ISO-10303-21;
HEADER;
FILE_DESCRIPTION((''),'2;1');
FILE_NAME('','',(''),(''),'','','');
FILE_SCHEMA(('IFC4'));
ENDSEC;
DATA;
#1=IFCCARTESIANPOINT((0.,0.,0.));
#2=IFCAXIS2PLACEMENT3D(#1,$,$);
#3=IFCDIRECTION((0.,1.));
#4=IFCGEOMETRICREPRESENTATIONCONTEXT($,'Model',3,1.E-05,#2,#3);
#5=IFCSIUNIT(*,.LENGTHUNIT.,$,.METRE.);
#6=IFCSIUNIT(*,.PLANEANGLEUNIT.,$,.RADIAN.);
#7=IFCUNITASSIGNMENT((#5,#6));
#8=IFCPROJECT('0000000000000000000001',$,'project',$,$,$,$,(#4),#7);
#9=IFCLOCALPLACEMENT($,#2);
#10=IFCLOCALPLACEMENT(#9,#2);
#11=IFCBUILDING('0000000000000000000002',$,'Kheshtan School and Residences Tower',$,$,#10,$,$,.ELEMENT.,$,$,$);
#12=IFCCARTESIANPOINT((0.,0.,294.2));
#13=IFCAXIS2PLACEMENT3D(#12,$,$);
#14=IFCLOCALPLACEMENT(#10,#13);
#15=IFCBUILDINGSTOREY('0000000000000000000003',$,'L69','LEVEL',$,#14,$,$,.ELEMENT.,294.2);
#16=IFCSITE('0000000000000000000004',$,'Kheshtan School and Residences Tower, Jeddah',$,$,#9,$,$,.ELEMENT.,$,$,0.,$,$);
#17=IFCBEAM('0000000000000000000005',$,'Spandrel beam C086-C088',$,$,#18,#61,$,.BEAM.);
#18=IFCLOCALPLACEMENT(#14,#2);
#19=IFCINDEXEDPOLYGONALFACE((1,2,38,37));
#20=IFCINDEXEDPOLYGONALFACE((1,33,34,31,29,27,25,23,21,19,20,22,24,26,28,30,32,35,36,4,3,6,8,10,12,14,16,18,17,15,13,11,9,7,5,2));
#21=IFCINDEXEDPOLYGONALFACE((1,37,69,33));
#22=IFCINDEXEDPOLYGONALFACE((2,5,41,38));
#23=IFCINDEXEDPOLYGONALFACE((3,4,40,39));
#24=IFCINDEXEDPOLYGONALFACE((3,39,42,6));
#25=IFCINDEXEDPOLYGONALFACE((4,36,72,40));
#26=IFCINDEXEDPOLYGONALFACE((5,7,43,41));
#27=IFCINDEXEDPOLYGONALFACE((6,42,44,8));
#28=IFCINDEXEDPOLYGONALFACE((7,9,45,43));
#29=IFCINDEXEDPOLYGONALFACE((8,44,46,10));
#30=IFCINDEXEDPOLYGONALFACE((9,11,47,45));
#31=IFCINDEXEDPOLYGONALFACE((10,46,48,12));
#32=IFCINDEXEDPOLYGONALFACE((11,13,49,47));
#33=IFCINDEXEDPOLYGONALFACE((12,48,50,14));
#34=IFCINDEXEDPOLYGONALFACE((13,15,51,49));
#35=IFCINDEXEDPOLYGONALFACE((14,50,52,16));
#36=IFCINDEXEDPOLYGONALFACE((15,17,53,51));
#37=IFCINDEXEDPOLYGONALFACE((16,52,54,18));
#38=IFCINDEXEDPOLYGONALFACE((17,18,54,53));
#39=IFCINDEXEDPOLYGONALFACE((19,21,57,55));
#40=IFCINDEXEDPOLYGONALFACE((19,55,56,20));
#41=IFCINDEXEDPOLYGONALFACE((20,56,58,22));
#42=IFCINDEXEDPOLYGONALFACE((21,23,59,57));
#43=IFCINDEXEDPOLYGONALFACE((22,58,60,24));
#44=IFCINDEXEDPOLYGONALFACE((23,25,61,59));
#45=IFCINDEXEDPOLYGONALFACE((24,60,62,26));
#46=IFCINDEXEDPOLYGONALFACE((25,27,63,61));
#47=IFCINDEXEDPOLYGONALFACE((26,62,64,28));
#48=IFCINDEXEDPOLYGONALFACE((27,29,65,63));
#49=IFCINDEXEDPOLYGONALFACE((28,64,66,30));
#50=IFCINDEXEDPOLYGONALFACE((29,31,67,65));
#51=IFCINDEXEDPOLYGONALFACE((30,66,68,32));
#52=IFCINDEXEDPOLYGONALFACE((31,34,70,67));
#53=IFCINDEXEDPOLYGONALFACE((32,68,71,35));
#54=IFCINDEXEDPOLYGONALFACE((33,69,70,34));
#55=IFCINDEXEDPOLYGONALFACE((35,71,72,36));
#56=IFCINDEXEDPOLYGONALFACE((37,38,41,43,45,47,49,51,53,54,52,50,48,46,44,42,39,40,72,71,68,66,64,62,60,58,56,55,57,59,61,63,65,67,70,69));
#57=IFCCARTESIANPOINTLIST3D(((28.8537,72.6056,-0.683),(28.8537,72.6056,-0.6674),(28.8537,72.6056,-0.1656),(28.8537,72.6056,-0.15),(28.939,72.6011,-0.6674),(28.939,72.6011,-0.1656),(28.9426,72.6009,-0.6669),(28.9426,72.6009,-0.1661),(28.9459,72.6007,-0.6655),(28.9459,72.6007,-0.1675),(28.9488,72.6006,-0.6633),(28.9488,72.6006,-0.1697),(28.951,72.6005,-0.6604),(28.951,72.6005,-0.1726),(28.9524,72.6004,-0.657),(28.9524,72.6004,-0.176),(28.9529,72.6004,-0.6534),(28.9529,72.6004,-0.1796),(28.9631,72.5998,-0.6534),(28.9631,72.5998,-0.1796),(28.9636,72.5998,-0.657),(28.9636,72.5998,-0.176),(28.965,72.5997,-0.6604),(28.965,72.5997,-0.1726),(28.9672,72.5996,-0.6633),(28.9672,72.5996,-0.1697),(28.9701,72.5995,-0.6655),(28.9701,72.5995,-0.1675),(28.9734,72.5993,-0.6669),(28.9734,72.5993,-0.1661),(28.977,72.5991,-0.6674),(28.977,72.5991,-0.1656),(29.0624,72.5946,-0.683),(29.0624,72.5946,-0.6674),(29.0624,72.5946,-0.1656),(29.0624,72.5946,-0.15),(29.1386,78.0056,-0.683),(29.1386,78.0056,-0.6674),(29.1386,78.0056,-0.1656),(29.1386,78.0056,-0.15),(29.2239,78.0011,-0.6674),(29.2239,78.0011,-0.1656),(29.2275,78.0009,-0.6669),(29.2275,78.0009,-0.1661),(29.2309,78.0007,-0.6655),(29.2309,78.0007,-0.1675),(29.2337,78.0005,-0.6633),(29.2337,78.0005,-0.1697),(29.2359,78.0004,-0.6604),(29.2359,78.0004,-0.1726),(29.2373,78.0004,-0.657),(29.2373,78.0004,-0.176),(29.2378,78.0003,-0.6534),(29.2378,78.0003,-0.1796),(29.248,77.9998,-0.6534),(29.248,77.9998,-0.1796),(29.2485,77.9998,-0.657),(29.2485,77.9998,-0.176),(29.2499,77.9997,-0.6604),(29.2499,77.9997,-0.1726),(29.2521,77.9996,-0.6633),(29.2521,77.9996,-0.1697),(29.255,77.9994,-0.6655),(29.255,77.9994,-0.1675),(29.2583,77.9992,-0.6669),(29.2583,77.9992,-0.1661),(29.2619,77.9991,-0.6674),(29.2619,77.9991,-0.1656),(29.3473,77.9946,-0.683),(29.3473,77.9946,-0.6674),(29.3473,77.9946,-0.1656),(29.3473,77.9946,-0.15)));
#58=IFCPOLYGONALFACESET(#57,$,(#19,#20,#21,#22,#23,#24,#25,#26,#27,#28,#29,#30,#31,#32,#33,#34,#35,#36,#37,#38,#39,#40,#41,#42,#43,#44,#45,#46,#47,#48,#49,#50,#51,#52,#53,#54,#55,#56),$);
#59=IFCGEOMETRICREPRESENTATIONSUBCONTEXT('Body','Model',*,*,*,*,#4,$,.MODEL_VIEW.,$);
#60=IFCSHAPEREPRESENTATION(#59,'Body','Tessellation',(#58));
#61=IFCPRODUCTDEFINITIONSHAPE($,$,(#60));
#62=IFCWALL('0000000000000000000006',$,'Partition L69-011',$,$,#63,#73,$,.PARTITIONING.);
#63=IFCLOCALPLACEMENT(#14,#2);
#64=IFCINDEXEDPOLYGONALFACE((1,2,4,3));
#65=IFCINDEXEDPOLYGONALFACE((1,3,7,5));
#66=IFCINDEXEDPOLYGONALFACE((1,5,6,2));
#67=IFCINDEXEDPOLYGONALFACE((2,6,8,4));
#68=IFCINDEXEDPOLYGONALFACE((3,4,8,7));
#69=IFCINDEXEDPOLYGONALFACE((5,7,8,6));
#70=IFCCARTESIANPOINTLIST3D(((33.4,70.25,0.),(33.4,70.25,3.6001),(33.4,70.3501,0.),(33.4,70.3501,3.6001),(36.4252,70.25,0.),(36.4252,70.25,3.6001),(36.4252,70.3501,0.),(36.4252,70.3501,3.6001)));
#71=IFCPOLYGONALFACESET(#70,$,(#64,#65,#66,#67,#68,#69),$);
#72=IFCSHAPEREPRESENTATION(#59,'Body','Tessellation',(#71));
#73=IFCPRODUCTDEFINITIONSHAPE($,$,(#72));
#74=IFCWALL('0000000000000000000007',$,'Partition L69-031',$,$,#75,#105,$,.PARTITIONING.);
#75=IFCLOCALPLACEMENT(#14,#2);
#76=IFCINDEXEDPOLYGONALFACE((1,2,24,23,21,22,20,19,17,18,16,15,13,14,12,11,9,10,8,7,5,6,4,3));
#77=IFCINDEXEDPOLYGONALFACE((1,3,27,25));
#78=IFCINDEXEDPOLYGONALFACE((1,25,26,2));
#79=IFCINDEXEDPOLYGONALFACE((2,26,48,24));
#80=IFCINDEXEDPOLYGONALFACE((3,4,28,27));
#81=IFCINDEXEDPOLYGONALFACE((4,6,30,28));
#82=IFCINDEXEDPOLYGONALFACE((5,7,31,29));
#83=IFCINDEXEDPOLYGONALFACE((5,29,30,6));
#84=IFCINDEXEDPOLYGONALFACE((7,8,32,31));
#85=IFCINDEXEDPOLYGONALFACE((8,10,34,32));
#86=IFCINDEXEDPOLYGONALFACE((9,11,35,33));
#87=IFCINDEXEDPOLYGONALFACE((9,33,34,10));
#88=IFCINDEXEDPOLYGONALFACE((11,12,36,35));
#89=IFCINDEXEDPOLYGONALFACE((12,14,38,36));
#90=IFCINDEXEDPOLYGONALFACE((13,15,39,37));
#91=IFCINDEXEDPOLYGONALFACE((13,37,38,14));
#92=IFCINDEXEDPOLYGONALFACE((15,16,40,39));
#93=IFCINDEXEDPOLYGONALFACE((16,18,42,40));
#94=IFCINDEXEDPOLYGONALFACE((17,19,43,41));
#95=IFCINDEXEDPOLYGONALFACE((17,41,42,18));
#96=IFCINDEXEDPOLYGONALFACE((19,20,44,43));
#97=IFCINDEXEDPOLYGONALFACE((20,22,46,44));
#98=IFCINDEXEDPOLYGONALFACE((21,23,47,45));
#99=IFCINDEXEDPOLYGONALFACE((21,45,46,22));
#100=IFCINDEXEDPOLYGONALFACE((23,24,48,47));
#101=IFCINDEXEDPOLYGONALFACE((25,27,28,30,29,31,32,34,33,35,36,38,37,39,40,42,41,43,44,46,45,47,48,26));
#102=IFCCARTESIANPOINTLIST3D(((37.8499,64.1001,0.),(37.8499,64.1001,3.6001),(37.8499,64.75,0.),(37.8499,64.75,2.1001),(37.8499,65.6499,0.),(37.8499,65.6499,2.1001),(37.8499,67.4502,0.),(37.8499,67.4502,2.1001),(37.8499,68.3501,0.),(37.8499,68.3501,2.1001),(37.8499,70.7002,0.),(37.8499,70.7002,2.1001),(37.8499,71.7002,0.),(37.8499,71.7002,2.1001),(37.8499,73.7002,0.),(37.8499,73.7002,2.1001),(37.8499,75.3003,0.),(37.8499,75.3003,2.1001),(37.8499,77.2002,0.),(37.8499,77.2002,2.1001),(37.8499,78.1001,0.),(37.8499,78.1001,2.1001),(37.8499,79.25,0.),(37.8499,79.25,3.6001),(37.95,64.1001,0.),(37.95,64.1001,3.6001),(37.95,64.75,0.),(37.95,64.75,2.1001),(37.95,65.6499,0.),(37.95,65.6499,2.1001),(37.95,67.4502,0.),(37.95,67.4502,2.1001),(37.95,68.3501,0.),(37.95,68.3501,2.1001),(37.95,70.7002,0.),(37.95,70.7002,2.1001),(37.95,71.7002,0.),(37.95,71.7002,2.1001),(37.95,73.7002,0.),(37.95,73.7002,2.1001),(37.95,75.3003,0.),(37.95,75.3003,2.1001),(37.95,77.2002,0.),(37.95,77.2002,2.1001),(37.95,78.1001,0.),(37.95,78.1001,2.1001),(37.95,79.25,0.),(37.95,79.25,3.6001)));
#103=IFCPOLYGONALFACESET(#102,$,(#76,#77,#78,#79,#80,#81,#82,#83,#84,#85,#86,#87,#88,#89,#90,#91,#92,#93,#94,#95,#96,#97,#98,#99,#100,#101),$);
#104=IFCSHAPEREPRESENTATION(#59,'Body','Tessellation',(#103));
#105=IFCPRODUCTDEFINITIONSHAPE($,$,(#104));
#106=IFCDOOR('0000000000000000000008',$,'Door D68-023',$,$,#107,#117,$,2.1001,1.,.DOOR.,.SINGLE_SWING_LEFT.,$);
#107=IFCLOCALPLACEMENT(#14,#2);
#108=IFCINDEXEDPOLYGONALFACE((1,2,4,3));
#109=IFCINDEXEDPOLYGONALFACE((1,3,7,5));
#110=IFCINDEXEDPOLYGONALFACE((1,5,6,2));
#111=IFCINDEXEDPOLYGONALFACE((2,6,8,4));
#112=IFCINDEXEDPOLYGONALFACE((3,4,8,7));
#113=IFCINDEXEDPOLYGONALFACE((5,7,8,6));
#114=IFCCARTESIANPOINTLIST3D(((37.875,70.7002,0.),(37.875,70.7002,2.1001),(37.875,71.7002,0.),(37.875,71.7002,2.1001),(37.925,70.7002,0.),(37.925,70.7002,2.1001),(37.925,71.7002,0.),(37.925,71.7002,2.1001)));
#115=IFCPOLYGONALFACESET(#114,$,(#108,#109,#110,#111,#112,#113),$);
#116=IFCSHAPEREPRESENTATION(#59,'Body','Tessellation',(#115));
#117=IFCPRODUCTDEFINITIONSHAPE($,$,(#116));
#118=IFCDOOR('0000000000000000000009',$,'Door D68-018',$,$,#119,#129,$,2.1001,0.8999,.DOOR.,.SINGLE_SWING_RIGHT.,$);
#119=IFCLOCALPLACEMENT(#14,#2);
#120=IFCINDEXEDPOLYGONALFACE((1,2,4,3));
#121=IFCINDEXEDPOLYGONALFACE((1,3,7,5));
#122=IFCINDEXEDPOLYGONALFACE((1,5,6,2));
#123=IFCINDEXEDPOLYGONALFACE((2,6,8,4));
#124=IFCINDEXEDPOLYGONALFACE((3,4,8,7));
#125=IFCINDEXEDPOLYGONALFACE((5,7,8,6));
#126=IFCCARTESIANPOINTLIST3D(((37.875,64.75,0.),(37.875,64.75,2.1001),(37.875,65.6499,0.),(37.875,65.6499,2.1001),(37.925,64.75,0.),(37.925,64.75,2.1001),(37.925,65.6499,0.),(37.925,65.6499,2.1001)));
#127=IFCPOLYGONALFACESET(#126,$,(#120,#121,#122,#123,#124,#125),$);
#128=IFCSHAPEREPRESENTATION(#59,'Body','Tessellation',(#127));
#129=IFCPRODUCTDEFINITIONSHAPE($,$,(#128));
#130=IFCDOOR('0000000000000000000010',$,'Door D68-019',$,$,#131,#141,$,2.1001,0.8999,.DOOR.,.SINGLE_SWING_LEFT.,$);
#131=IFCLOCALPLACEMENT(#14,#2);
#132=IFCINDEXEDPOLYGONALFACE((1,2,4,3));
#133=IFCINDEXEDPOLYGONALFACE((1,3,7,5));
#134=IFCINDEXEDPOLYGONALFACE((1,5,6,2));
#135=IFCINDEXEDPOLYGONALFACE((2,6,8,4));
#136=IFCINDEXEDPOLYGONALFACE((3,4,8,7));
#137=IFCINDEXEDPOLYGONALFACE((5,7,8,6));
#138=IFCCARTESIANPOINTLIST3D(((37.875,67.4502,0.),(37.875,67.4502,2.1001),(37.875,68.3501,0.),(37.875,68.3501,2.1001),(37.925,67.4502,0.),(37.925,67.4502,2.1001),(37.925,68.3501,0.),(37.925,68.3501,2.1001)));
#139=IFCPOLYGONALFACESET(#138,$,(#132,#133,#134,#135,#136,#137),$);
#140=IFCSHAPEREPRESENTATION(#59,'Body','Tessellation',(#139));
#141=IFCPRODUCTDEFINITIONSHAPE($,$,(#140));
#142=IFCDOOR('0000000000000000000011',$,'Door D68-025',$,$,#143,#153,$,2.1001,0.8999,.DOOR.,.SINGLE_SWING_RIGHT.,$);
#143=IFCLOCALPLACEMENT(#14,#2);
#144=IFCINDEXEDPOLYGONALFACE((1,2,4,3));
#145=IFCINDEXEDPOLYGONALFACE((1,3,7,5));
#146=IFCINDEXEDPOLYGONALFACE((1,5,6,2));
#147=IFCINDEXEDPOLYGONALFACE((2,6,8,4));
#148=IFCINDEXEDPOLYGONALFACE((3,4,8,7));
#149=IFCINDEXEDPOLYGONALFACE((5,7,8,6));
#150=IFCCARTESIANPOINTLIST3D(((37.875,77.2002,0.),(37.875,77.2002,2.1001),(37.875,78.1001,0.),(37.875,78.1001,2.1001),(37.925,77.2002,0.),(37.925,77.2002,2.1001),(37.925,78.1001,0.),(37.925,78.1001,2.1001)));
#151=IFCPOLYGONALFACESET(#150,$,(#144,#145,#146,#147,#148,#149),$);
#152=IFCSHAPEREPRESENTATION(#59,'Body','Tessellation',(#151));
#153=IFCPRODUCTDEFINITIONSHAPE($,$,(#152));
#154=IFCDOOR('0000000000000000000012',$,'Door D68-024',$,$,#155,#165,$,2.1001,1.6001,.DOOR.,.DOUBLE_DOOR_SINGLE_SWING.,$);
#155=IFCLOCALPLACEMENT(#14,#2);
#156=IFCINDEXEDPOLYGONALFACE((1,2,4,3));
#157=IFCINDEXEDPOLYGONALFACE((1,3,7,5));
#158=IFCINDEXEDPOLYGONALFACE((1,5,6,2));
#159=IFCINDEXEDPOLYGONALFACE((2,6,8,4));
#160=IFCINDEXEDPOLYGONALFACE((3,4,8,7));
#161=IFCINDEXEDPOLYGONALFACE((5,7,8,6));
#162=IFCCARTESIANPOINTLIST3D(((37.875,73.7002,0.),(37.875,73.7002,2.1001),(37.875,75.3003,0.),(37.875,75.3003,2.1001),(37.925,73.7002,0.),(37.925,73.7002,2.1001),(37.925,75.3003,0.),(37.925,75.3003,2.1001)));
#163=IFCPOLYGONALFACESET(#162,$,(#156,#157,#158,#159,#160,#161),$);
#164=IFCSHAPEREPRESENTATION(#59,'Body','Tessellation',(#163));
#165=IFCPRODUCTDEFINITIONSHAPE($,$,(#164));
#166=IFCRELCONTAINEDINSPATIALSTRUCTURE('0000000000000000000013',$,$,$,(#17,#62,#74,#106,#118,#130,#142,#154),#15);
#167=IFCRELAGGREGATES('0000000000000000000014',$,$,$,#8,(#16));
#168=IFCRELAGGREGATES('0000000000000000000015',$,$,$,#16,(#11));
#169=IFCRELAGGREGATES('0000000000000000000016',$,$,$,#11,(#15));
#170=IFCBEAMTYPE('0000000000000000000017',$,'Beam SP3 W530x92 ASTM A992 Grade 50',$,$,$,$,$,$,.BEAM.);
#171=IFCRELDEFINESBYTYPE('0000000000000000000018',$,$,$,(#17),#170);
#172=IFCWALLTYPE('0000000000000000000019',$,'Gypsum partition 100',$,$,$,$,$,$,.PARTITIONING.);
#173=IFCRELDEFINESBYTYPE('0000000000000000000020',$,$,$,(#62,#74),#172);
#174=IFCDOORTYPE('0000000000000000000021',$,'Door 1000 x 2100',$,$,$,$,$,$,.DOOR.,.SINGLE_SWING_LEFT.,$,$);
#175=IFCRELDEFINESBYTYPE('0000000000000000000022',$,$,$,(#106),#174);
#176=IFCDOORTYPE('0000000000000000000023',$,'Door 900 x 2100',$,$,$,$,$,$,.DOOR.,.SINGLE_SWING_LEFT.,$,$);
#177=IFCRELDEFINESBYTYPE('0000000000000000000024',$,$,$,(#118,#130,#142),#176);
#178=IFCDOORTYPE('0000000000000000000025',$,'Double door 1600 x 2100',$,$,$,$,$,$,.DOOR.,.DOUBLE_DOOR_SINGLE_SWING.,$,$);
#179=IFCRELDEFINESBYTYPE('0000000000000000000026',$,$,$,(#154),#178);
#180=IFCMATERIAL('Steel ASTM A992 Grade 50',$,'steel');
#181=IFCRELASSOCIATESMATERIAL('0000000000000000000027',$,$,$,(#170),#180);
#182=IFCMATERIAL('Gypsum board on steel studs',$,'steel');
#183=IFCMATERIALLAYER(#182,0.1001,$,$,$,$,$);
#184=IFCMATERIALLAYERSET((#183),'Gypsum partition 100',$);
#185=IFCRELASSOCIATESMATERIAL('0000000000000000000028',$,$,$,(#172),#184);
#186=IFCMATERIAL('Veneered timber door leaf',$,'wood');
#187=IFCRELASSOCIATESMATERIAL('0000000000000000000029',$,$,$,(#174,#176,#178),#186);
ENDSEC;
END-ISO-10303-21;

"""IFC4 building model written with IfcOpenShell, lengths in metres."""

from ifc_helpers import new_model, si_unit, direction, frame, frame_2d, origin, origin_2d, place, context, subcontext, project, spatial, rectangle, i_section, extrude, source, transform, mapped, material, layer, layer_set, material_profile, profile_set, type_object, element, fill, save


model = new_model("IFC4")

# Units and contexts
model_context = context("Model", 3, precision=1e-05, world=origin(), true_north=direction((0.0, 1.0)))
body_context = subcontext(model_context, "Body", "Model", "MODEL_VIEW")
ifc_project = project(units=[si_unit("LENGTHUNIT", "METRE"), si_unit("PLANEANGLEUNIT", "RADIAN")], contexts=[model_context])

# Site, building, storey
site_placement = place(None, origin())
site = spatial("IfcSite", under=ifc_project, at=site_placement, Name="Kheshtan School and Residences Tower, Jeddah", CompositionType="ELEMENT", RefElevation=0.0)
building_placement = place(site_placement, origin())
building = spatial("IfcBuilding", under=site, at=building_placement, Name="Kheshtan School and Residences Tower", CompositionType="ELEMENT")
storey_placement = place(building_placement, frame((0.0, 0.0, 294.2)))
storey = spatial("IfcBuildingStorey", under=building, at=storey_placement, Name="L69", Description="LEVEL", CompositionType="ELEMENT", Elevation=294.2)

# Shared definitions
ifc_material_1 = material(Name="Steel ASTM A992 Grade 50", Category="steel")

# Beam
ifc_material_profile_1 = material_profile(ifc_material_1, i_section(OverallWidth=0.209, OverallDepth=0.533, WebThickness=0.0103, FlangeThickness=0.0156, FilletRadius=0.0139, at=origin_2d()), Name="W530x92")
ifc_profile_set_1 = profile_set([ifc_material_profile_1], Name="Steel ASTM A992 Grade 50")
beam_type_1 = type_object("IfcBeamType", Name="Beam SP3 W530x92 ASTM A992 Grade 50", PredefinedType="BEAM", material=ifc_profile_set_1)
beam_1_placement = place(storey_placement, frame((28.958, 72.6001, -0.4165), z_axis=(0.052689, 0.998611, 0.0), x_axis=(-0.998611, 0.052689, 0.0)))
element("IfcBeam", 1, at=beam_1_placement, inside=storey, type_object=beam_type_1, Name="Spandrel beam C086-C088", PredefinedType="BEAM", context=body_context, shape_type="SweptSolid", body=[
    extrude(i_section(OverallWidth=0.209, OverallDepth=0.533, WebThickness=0.0103, FlangeThickness=0.0156, FilletRadius=0.0139, at=origin_2d()), origin(), (0.0, 0.0, 1.0), 5.4075),
])

# Wall
ifc_material_2 = material(Name="Gypsum board on steel studs", Category="steel")
ifc_layer_1 = layer(ifc_material_2, 0.1001)
ifc_layer_set_1 = layer_set([ifc_layer_1], Name="Gypsum partition 100")
wall_type_1 = type_object("IfcWallType", Name="Gypsum partition 100", PredefinedType="PARTITIONING", material=ifc_layer_set_1)
wall_1_placement = place(storey_placement, frame((33.3999, 70.3, 0.0), z_axis=(0.0, 0.0, 1.0), x_axis=(1.0, 0.0, 0.0)))
element("IfcWall", 2, at=wall_1_placement, inside=storey, type_object=wall_type_1, Name="Partition L69-011", PredefinedType="PARTITIONING", context=body_context, shape_type="SweptSolid", body=[
    extrude(rectangle(XDim=3.0251, YDim=0.1001, at=frame_2d((1.5127, 0.0))), origin(), (0.0, 0.0, 1.0), 3.6001),
])

# Wall, openings, doors
wall_2_placement = place(storey_placement, frame((37.8999, 64.1001, 0.0), z_axis=(0.0, 0.0, 1.0), x_axis=(0.0, 1.0, 0.0)))
wall_2 = element("IfcWall", 3, at=wall_2_placement, inside=storey, type_object=wall_type_1, Name="Partition L69-031", PredefinedType="PARTITIONING", context=body_context, shape_type="SweptSolid", body=[
    extrude(rectangle(XDim=15.1499, YDim=0.1001, at=frame_2d((7.575, 0.0))), origin(), (0.0, 0.0, 1.0), 3.6001),
])
opening_1_placement = place(wall_2_placement, frame((0.6499, 0.0, 0.0)))
opening_1 = element("IfcOpeningElement", 4, at=opening_1_placement, cuts=wall_2, PredefinedType="OPENING", context=body_context, shape_type="SweptSolid", body=[
    extrude(rectangle(XDim=0.8999, YDim=2.1001, at=frame_2d((0.45, 1.05))), frame((0.0, 0.0601, 0.0), z_axis=(0.0, -1.0, 0.0), x_axis=(1.0, 0.0, 0.0)), (0.0, 0.0, 1.0), 0.1201),
])
opening_2_placement = place(wall_2_placement, frame((3.3501, 0.0, 0.0)))
opening_2 = element("IfcOpeningElement", 5, at=opening_2_placement, cuts=wall_2, PredefinedType="OPENING", context=body_context, shape_type="SweptSolid", body=[
    extrude(rectangle(XDim=0.8999, YDim=2.1001, at=frame_2d((0.45, 1.05))), frame((0.0, 0.0601, 0.0), z_axis=(0.0, -1.0, 0.0), x_axis=(1.0, 0.0, 0.0)), (0.0, 0.0, 1.0), 0.1201),
])
opening_3_placement = place(wall_2_placement, frame((6.6001, 0.0, 0.0)))
opening_3 = element("IfcOpeningElement", 6, at=opening_3_placement, cuts=wall_2, PredefinedType="OPENING", context=body_context, shape_type="SweptSolid", body=[
    extrude(rectangle(XDim=1.0, YDim=2.1001, at=frame_2d((0.5, 1.05))), frame((0.0, 0.0601, 0.0), z_axis=(0.0, -1.0, 0.0), x_axis=(1.0, 0.0, 0.0)), (0.0, 0.0, 1.0), 0.1201),
])
opening_4_placement = place(wall_2_placement, frame((9.6001, 0.0, 0.0)))
opening_4 = element("IfcOpeningElement", 7, at=opening_4_placement, cuts=wall_2, PredefinedType="OPENING", context=body_context, shape_type="SweptSolid", body=[
    extrude(rectangle(XDim=1.6001, YDim=2.1001, at=frame_2d((0.8, 1.05))), frame((0.0, 0.0601, 0.0), z_axis=(0.0, -1.0, 0.0), x_axis=(1.0, 0.0, 0.0)), (0.0, 0.0, 1.0), 0.1201),
])
opening_5_placement = place(wall_2_placement, frame((13.1001, 0.0, 0.0)))
opening_5 = element("IfcOpeningElement", 8, at=opening_5_placement, cuts=wall_2, PredefinedType="OPENING", context=body_context, shape_type="SweptSolid", body=[
    extrude(rectangle(XDim=0.8999, YDim=2.1001, at=frame_2d((0.45, 1.05))), frame((0.0, 0.0601, 0.0), z_axis=(0.0, -1.0, 0.0), x_axis=(1.0, 0.0, 0.0)), (0.0, 0.0, 1.0), 0.1201),
])
ifc_material_3 = material(Name="Veneered timber door leaf", Category="wood")
door_type_1 = type_object("IfcDoorType", Name="Door 1000 x 2100", OperationType="SINGLE_SWING_LEFT", PredefinedType="DOOR", material=ifc_material_3)
shared_shape_1 = source(origin(), body_context, "Body", "SweptSolid", [
    extrude(rectangle(XDim=1.0, YDim=2.1001, at=frame_2d((0.5, 1.05))), frame((0.0, 0.0249, 0.0), z_axis=(0.0, -1.0, 0.0), x_axis=(1.0, 0.0, 0.0)), (0.0, 0.0, 1.0), 0.05),
])
door_1_placement = place(opening_3_placement, origin())
door_1 = element("IfcDoor", 9, at=door_1_placement, inside=storey, type_object=door_type_1, Name="Door D68-023", OperationType="SINGLE_SWING_LEFT", OverallHeight=2.1001, OverallWidth=1.0, PredefinedType="DOOR", context=body_context, shape_type="MappedRepresentation", body=[
    mapped(shared_shape_1, transform((0.0, 0.0, 0.0), x_axis=(1.0, 0.0, 0.0), y_axis=(0.0, 1.0, 0.0), z_axis=(0.0, 0.0, 1.0), scale=1.0)),
])
fill(opening_3, door_1)
door_type_2 = type_object("IfcDoorType", Name="Door 900 x 2100", OperationType="SINGLE_SWING_LEFT", PredefinedType="DOOR", material=ifc_material_3)
shared_shape_2 = source(origin(), body_context, "Body", "SweptSolid", [
    extrude(rectangle(XDim=0.8999, YDim=2.1001, at=frame_2d((0.45, 1.05))), frame((0.0, 0.0249, 0.0), z_axis=(0.0, -1.0, 0.0), x_axis=(1.0, 0.0, 0.0)), (0.0, 0.0, 1.0), 0.05),
])
door_2_placement = place(opening_1_placement, origin())
door_2 = element("IfcDoor", 10, at=door_2_placement, inside=storey, type_object=door_type_2, Name="Door D68-018", OperationType="SINGLE_SWING_RIGHT", OverallHeight=2.1001, OverallWidth=0.8999, PredefinedType="DOOR", context=body_context, shape_type="MappedRepresentation", body=[
    mapped(shared_shape_2, transform((0.0, 0.0, 0.0), x_axis=(1.0, 0.0, 0.0), y_axis=(0.0, 1.0, 0.0), z_axis=(0.0, 0.0, 1.0), scale=1.0)),
])
fill(opening_1, door_2)
door_3_placement = place(opening_2_placement, origin())
door_3 = element("IfcDoor", 11, at=door_3_placement, inside=storey, type_object=door_type_2, Name="Door D68-019", OperationType="SINGLE_SWING_LEFT", OverallHeight=2.1001, OverallWidth=0.8999, PredefinedType="DOOR", context=body_context, shape_type="MappedRepresentation", body=[
    mapped(shared_shape_2, transform((0.0, 0.0, 0.0), x_axis=(1.0, 0.0, 0.0), y_axis=(0.0, 1.0, 0.0), z_axis=(0.0, 0.0, 1.0), scale=1.0)),
])
fill(opening_2, door_3)
door_4_placement = place(opening_5_placement, origin())
door_4 = element("IfcDoor", 12, at=door_4_placement, inside=storey, type_object=door_type_2, Name="Door D68-025", OperationType="SINGLE_SWING_RIGHT", OverallHeight=2.1001, OverallWidth=0.8999, PredefinedType="DOOR", context=body_context, shape_type="MappedRepresentation", body=[
    mapped(shared_shape_2, transform((0.0, 0.0, 0.0), x_axis=(1.0, 0.0, 0.0), y_axis=(0.0, 1.0, 0.0), z_axis=(0.0, 0.0, 1.0), scale=1.0)),
])
fill(opening_5, door_4)
door_type_3 = type_object("IfcDoorType", Name="Double door 1600 x 2100", OperationType="DOUBLE_DOOR_SINGLE_SWING", PredefinedType="DOOR", material=ifc_material_3)
shared_shape_3 = source(origin(), body_context, "Body", "SweptSolid", [
    extrude(rectangle(XDim=1.6001, YDim=2.1001, at=frame_2d((0.8, 1.05))), frame((0.0, 0.0249, 0.0), z_axis=(0.0, -1.0, 0.0), x_axis=(1.0, 0.0, 0.0)), (0.0, 0.0, 1.0), 0.05),
])
door_5_placement = place(opening_4_placement, origin())
door_5 = element("IfcDoor", 13, at=door_5_placement, inside=storey, type_object=door_type_3, Name="Door D68-024", OperationType="DOUBLE_DOOR_SINGLE_SWING", OverallHeight=2.1001, OverallWidth=1.6001, PredefinedType="DOOR", context=body_context, shape_type="MappedRepresentation", body=[
    mapped(shared_shape_3, transform((0.0, 0.0, 0.0), x_axis=(1.0, 0.0, 0.0), y_axis=(0.0, 1.0, 0.0), z_axis=(0.0, 0.0, 1.0), scale=1.0)),
])
fill(opening_4, door_5)

save(model, "model.ifc")
